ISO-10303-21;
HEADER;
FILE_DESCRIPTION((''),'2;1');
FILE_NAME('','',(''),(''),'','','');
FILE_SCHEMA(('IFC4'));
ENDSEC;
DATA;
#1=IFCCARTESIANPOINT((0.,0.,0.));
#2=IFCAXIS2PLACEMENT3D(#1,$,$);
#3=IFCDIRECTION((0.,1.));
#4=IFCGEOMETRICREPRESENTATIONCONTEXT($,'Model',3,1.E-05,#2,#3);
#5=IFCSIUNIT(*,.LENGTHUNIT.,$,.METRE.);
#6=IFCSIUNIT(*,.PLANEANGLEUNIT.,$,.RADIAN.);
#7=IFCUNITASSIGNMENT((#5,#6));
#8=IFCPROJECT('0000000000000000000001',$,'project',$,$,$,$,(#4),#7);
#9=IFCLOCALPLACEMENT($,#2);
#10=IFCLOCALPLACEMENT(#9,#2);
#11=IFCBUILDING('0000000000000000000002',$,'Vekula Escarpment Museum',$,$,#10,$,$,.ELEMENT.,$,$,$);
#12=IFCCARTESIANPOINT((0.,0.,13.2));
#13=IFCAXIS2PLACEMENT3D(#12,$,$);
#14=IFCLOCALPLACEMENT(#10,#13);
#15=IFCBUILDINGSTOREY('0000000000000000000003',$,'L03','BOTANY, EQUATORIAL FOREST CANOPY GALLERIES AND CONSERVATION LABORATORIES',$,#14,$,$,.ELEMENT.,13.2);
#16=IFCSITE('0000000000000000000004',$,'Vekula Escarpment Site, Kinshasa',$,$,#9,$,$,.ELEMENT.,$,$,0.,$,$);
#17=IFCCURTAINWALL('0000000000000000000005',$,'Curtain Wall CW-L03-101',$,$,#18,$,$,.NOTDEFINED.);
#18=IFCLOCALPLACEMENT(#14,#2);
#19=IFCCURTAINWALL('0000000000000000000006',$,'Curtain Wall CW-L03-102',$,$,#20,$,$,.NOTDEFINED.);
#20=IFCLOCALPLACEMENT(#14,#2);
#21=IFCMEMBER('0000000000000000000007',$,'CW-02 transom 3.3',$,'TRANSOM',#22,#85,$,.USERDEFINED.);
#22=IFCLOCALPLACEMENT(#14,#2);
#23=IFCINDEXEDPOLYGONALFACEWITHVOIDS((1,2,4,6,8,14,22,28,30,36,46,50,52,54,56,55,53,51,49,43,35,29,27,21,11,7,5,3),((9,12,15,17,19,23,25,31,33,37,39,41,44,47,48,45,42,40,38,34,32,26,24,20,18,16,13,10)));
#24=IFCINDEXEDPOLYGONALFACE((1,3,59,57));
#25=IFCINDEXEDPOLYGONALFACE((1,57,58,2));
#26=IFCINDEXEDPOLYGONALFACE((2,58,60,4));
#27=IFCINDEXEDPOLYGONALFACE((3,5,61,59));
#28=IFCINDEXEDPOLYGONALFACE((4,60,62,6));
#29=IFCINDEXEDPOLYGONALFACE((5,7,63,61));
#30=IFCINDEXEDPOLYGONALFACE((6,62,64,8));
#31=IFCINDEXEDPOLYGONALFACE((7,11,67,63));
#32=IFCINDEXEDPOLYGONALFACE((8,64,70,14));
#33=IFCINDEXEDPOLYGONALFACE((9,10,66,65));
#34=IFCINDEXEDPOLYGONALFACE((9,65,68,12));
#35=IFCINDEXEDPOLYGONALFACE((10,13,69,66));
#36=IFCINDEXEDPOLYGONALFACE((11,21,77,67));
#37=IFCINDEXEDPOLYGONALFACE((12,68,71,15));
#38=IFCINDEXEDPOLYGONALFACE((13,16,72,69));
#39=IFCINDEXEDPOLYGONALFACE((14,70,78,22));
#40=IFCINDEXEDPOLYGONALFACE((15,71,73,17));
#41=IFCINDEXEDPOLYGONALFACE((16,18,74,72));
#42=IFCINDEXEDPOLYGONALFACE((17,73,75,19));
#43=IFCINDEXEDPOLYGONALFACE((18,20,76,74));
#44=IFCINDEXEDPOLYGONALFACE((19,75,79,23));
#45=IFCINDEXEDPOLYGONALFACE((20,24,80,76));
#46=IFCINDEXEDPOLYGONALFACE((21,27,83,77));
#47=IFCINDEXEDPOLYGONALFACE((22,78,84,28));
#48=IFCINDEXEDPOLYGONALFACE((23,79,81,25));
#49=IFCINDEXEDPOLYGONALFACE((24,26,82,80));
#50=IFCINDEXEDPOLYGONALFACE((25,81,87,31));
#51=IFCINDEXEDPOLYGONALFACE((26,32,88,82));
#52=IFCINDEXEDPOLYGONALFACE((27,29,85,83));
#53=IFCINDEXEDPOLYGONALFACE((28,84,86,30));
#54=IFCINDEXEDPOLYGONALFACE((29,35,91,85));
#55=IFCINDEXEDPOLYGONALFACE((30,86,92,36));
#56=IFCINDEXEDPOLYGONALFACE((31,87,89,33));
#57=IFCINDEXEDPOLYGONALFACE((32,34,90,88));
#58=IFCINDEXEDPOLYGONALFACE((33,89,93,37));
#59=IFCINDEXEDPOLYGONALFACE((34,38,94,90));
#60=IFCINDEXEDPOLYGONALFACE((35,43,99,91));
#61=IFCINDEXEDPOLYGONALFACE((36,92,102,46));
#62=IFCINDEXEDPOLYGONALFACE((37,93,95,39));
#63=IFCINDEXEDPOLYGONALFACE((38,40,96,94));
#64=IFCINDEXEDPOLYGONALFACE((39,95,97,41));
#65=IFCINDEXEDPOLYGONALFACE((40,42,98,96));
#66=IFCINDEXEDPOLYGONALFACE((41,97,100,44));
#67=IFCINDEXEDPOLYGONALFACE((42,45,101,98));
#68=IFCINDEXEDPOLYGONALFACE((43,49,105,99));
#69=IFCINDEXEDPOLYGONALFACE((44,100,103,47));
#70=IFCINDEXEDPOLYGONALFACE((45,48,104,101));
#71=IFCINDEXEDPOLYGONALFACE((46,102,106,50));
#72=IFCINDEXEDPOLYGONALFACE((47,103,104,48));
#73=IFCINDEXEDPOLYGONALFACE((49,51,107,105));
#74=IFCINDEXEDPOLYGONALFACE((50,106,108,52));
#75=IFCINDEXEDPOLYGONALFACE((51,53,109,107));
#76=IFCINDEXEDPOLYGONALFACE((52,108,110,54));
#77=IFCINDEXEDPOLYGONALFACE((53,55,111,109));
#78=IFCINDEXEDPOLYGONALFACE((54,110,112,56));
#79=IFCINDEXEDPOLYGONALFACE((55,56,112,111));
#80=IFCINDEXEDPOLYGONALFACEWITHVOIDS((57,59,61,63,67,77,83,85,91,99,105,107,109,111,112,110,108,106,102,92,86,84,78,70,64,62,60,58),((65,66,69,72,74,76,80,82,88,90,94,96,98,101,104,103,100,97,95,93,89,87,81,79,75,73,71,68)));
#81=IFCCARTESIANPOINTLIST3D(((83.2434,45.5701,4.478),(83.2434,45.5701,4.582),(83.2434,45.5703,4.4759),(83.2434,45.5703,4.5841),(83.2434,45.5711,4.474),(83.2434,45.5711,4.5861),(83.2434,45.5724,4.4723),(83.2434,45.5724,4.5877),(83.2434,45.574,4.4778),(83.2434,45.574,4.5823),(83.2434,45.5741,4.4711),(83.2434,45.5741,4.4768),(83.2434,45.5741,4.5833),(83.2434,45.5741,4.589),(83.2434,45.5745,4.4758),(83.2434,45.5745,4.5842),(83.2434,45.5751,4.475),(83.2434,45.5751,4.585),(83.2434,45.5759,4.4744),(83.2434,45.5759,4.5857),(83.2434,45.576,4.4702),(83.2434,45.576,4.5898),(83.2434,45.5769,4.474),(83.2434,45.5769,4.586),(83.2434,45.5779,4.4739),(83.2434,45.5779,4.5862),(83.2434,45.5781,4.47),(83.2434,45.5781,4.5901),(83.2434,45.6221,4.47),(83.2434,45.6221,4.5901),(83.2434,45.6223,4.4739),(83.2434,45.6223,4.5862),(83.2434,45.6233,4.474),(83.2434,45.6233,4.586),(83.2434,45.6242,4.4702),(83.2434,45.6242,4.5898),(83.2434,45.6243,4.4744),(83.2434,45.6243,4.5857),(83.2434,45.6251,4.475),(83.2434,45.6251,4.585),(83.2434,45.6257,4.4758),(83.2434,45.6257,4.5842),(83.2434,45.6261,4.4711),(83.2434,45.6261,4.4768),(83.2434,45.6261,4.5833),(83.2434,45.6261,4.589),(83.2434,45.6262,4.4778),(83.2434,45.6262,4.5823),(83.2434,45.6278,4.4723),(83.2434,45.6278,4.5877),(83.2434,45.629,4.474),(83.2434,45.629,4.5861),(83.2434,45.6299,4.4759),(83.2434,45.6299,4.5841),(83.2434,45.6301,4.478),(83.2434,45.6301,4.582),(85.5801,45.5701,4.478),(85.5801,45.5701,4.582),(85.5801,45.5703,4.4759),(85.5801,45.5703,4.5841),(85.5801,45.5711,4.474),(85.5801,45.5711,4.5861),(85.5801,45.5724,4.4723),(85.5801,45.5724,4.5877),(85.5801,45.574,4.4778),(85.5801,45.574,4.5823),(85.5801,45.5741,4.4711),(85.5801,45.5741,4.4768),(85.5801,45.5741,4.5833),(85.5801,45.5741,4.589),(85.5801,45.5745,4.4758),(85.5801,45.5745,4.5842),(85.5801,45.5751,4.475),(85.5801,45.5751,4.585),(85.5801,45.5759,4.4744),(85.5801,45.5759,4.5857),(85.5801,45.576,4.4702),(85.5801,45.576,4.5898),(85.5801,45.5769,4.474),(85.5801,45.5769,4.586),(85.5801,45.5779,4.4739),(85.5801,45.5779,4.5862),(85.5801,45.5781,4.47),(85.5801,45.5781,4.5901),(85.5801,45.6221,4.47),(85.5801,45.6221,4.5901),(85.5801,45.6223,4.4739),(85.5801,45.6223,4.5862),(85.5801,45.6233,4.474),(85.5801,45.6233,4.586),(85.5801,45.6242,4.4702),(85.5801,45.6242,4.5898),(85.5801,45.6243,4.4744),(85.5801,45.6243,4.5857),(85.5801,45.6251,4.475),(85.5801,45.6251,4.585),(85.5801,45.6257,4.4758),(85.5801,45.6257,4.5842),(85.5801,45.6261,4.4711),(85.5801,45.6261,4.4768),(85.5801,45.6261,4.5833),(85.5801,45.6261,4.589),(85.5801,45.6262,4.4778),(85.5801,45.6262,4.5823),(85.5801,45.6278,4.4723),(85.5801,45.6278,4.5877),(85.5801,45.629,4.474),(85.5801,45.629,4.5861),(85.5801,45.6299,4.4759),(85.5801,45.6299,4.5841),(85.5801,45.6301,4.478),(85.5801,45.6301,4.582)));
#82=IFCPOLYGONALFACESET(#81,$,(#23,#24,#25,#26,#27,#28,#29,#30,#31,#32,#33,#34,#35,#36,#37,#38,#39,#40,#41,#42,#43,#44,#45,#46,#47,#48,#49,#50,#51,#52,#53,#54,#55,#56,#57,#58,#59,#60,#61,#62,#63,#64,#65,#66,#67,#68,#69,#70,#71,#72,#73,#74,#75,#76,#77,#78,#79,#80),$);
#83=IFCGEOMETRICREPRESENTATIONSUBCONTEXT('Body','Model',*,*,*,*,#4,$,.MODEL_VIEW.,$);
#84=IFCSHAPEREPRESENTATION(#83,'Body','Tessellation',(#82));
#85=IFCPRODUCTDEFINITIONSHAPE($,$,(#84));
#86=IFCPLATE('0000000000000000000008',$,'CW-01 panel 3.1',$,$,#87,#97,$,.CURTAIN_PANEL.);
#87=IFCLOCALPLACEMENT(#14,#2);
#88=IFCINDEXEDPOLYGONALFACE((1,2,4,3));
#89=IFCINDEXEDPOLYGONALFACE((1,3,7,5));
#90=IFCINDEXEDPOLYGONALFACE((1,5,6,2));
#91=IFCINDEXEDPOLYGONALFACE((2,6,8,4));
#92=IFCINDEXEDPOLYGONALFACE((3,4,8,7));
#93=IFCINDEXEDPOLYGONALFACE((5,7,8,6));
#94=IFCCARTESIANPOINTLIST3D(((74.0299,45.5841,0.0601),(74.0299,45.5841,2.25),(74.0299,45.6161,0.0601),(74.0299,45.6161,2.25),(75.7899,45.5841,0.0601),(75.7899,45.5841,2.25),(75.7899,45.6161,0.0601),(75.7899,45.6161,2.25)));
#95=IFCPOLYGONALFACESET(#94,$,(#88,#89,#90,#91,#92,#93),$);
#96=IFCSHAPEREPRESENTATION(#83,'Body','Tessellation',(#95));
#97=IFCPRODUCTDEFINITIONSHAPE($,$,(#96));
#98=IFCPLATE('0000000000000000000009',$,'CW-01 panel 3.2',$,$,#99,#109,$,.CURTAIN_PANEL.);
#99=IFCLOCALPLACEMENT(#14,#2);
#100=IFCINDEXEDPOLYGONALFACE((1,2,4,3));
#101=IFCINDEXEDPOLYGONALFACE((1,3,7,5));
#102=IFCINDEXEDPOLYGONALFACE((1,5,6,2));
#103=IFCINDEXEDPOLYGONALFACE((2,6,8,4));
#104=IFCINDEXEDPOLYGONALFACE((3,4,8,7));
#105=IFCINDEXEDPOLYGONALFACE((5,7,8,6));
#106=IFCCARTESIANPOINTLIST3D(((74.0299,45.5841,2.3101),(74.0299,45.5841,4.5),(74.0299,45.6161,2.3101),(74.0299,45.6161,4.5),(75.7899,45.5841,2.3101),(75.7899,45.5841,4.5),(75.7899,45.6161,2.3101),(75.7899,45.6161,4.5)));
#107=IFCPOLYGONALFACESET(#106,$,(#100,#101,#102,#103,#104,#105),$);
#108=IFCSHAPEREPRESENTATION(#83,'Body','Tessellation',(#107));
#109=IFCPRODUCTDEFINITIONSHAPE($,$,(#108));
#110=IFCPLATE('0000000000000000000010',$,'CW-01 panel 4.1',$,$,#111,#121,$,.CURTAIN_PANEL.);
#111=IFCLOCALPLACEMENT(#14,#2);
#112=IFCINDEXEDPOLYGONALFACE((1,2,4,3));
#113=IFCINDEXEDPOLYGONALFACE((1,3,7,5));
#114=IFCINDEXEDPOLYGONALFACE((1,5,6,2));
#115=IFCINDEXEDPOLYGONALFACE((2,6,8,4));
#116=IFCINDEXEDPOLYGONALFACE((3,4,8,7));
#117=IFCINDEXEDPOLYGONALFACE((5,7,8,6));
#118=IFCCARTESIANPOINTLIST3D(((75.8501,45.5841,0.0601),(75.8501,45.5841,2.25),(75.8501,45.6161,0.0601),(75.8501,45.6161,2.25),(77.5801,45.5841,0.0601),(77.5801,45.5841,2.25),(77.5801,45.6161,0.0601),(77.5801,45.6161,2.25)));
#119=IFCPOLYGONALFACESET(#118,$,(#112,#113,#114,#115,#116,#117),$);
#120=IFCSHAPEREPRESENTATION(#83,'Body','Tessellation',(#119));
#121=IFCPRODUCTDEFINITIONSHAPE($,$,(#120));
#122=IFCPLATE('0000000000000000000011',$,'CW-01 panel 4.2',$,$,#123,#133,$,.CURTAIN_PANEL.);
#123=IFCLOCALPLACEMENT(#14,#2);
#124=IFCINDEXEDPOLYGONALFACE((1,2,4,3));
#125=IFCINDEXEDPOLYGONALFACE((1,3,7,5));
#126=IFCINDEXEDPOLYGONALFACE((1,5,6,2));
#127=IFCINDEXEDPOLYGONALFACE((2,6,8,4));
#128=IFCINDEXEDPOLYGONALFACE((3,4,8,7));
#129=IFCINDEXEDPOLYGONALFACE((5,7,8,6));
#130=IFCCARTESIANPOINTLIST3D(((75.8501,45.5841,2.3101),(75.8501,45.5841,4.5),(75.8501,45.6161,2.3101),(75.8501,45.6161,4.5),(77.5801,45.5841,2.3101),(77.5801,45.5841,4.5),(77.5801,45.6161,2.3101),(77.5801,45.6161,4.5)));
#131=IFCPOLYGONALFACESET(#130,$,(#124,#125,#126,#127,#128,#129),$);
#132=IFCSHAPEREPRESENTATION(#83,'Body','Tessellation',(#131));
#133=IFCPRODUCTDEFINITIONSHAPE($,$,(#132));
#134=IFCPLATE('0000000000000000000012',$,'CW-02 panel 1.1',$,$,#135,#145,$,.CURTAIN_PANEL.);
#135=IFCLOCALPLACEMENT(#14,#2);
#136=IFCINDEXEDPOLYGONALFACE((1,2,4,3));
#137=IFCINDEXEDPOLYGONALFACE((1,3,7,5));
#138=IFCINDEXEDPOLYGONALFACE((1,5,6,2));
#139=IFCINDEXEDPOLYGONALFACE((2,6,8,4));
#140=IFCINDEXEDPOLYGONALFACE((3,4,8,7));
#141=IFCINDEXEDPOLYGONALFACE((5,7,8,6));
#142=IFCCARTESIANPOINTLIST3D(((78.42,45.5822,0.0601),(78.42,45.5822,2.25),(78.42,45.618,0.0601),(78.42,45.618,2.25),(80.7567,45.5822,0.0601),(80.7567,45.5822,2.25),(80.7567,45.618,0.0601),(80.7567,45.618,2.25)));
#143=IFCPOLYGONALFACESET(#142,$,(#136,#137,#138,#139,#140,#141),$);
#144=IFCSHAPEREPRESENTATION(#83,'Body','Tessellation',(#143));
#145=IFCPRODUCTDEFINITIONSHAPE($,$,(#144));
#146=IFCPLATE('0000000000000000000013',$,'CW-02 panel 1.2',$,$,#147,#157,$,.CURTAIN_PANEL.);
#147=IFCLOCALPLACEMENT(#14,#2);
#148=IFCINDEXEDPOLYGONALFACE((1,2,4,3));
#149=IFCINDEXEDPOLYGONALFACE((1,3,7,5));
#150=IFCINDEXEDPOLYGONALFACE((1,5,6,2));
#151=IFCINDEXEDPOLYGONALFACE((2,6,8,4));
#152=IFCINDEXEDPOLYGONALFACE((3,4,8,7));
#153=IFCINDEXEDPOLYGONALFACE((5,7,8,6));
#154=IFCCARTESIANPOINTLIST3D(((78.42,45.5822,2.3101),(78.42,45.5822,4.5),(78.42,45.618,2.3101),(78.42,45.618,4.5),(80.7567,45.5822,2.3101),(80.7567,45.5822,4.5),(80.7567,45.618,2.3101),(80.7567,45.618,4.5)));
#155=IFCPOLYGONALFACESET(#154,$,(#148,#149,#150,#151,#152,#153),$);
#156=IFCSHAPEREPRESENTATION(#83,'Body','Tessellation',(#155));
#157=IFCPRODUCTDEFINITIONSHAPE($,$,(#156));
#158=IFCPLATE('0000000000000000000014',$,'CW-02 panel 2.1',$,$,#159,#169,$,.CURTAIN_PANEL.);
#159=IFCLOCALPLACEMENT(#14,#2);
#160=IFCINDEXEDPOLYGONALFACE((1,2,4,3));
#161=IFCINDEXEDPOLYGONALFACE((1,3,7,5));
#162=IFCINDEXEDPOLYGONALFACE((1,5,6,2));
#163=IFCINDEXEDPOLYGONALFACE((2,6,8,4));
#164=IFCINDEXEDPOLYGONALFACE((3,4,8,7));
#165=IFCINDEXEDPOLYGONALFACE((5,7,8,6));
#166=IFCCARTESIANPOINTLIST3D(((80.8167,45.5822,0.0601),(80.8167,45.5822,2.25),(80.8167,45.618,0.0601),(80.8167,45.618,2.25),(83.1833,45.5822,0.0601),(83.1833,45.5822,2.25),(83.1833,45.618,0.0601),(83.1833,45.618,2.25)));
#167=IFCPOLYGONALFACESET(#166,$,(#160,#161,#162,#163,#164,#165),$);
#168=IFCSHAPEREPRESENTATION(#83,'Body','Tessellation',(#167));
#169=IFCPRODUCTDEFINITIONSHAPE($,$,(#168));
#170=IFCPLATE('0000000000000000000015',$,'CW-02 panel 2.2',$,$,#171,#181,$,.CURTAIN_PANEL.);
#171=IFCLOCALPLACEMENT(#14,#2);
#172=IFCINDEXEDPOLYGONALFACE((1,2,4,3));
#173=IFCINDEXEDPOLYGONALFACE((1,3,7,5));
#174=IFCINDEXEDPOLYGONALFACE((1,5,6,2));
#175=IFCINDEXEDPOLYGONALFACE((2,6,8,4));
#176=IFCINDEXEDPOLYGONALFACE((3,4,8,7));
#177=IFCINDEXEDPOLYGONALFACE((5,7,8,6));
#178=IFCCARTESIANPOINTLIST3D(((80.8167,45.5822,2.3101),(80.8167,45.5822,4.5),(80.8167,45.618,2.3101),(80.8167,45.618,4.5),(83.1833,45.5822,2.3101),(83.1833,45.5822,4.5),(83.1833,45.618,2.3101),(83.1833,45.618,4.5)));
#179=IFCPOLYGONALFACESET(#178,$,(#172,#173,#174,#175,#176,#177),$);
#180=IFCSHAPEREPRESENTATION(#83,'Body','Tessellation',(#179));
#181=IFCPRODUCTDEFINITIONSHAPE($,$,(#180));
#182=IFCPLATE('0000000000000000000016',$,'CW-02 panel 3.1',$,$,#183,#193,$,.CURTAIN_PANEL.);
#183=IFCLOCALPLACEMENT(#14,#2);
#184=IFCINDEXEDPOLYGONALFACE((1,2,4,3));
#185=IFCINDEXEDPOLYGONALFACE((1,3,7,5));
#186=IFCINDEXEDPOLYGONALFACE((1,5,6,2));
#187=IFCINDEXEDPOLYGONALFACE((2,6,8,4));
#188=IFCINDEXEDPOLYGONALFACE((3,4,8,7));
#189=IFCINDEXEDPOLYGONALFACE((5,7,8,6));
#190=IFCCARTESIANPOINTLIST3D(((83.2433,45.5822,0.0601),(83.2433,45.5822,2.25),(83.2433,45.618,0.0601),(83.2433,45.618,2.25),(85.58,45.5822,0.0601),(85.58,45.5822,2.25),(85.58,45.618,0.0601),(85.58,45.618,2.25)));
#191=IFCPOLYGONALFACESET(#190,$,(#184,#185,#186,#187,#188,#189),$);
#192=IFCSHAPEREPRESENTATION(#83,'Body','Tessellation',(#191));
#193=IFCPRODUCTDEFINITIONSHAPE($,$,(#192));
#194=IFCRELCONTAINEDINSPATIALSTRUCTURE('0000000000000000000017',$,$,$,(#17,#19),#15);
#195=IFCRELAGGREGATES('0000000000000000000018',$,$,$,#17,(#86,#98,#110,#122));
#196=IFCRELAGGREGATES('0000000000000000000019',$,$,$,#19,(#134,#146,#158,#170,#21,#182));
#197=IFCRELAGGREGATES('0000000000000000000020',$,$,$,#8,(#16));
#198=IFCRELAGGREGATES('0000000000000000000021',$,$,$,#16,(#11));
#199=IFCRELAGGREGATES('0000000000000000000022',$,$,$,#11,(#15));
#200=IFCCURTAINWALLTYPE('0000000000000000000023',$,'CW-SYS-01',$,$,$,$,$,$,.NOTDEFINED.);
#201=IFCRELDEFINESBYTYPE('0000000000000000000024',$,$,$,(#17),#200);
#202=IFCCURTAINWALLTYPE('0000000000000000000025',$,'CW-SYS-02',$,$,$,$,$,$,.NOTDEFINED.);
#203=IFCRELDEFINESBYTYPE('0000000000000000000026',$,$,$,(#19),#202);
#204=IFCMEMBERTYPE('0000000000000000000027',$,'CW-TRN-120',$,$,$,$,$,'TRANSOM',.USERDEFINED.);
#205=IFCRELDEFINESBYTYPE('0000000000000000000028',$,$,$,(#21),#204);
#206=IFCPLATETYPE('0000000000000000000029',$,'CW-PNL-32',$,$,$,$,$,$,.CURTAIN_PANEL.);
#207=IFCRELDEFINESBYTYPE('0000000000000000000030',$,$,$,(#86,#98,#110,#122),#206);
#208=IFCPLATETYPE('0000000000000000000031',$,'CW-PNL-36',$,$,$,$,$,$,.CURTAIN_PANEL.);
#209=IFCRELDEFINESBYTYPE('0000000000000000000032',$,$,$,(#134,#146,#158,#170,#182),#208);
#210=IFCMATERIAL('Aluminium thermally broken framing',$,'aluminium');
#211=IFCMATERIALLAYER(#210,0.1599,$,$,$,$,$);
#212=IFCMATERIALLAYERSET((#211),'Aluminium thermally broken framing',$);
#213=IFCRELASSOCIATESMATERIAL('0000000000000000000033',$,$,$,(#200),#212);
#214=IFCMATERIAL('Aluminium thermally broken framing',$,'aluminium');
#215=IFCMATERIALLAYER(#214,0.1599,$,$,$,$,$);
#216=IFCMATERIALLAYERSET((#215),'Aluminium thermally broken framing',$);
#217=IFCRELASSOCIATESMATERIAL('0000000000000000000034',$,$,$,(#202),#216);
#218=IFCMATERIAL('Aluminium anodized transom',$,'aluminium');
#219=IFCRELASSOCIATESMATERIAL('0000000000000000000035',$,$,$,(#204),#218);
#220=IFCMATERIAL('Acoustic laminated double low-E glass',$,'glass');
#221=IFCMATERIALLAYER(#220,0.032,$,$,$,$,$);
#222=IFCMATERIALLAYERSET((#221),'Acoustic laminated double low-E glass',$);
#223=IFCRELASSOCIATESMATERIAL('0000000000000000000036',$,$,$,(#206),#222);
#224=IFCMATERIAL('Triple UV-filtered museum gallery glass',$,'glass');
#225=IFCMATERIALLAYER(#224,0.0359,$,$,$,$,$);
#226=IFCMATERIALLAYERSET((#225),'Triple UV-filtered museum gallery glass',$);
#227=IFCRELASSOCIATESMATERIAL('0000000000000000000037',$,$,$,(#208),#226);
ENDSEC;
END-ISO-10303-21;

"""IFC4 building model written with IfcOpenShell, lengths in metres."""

from ifc_helpers import new_model, si_unit, direction, frame, origin, origin_2d, place, context, subcontext, project, spatial, rectangle, hollow_rectangle, extrude, material, layer, layer_set, material_profile, profile_set, type_object, element, aggregate, save


model = new_model("IFC4")

# Units and contexts
model_context = context("Model", 3, precision=1e-05, world=origin(), true_north=direction((0.0, 1.0)))
body_context = subcontext(model_context, "Body", "Model", "MODEL_VIEW")
ifc_project = project(units=[si_unit("LENGTHUNIT", "METRE"), si_unit("PLANEANGLEUNIT", "RADIAN")], contexts=[model_context])

# Site, building, storey
site_placement = place(None, origin())
site = spatial("IfcSite", under=ifc_project, at=site_placement, Name="Vekula Escarpment Site, Kinshasa", CompositionType="ELEMENT", RefElevation=0.0)
building_placement = place(site_placement, origin())
building = spatial("IfcBuilding", under=site, at=building_placement, Name="Vekula Escarpment Museum", CompositionType="ELEMENT")
storey_placement = place(building_placement, frame((0.0, 0.0, 13.2)))
storey = spatial("IfcBuildingStorey", under=building, at=storey_placement, Name="L03", Description="BOTANY, EQUATORIAL FOREST CANOPY GALLERIES AND CONSERVATION LABORATORIES", CompositionType="ELEMENT", Elevation=13.2)

# Curtain walls
ifc_material_1 = material(Name="Aluminium thermally broken framing", Category="aluminium")
ifc_layer_1 = layer(ifc_material_1, 0.1599)
ifc_layer_set_1 = layer_set([ifc_layer_1], Name="Aluminium thermally broken framing")
curtain_wall_type_1 = type_object("IfcCurtainWallType", Name="CW-SYS-01", PredefinedType="NOTDEFINED", material=ifc_layer_set_1)
curtain_wall_1_placement = place(storey_placement, origin())
curtain_wall_1 = element("IfcCurtainWall", 1, at=curtain_wall_1_placement, inside=storey, type_object=curtain_wall_type_1, Name="Curtain Wall CW-L03-101", PredefinedType="NOTDEFINED")
ifc_material_2 = material(Name="Aluminium thermally broken framing", Category="aluminium")
ifc_layer_2 = layer(ifc_material_2, 0.1599)
ifc_layer_set_2 = layer_set([ifc_layer_2], Name="Aluminium thermally broken framing")
curtain_wall_type_2 = type_object("IfcCurtainWallType", Name="CW-SYS-02", PredefinedType="NOTDEFINED", material=ifc_layer_set_2)
curtain_wall_2_placement = place(storey_placement, origin())
curtain_wall_2 = element("IfcCurtainWall", 2, at=curtain_wall_2_placement, inside=storey, type_object=curtain_wall_type_2, Name="Curtain Wall CW-L03-102", PredefinedType="NOTDEFINED")

# Member
ifc_material_3 = material(Name="Aluminium anodized transom", Category="aluminium")
ifc_material_profile_1 = material_profile(ifc_material_3, hollow_rectangle(XDim=0.0601, YDim=0.1201, WallThickness=0.0039, InnerFilletRadius=0.0039, OuterFilletRadius=0.0081, at=origin_2d()), Name="ALU 120x60x4")
ifc_profile_set_1 = profile_set([ifc_material_profile_1], Name="Aluminium anodized transom")
member_type_1 = type_object("IfcMemberType", Name="CW-TRN-120", ElementType="TRANSOM", PredefinedType="USERDEFINED", material=ifc_profile_set_1)
member_1_placement = place(storey_placement, frame((83.2434, 45.6001, 4.53), z_axis=(1.0, 0.0, 0.0), x_axis=(0.0, 1.0, 0.0)))
member_1 = element("IfcMember", 3, at=member_1_placement, type_object=member_type_1, Name="CW-02 transom 3.3", ObjectType="TRANSOM", PredefinedType="USERDEFINED", context=body_context, shape_type="SweptSolid", body=[
    extrude(hollow_rectangle(XDim=0.0601, YDim=0.1201, WallThickness=0.0039, InnerFilletRadius=0.0039, OuterFilletRadius=0.0081, at=origin_2d()), origin(), (0.0, 0.0, 1.0), 2.3367),
])

# Plates
ifc_material_4 = material(Name="Acoustic laminated double low-E glass", Category="glass")
ifc_layer_3 = layer(ifc_material_4, 0.032)
ifc_layer_set_3 = layer_set([ifc_layer_3], Name="Acoustic laminated double low-E glass")
plate_type_1 = type_object("IfcPlateType", Name="CW-PNL-32", PredefinedType="CURTAIN_PANEL", material=ifc_layer_set_3)
plate_1_placement = place(storey_placement, frame((74.9099, 45.6001, 0.0601), z_axis=(0.0, 0.0, 1.0), x_axis=(1.0, 0.0, 0.0)))
plate_1 = element("IfcPlate", 4, at=plate_1_placement, type_object=plate_type_1, Name="CW-01 panel 3.1", PredefinedType="CURTAIN_PANEL", context=body_context, shape_type="SweptSolid", body=[
    extrude(rectangle(XDim=1.76, YDim=0.032, at=origin_2d()), origin(), (0.0, 0.0, 1.0), 2.1899),
])
plate_2_placement = place(storey_placement, frame((74.9099, 45.6001, 2.3101), z_axis=(0.0, 0.0, 1.0), x_axis=(1.0, 0.0, 0.0)))
plate_2 = element("IfcPlate", 5, at=plate_2_placement, type_object=plate_type_1, Name="CW-01 panel 3.2", PredefinedType="CURTAIN_PANEL", context=body_context, shape_type="SweptSolid", body=[
    extrude(rectangle(XDim=1.76, YDim=0.032, at=origin_2d()), origin(), (0.0, 0.0, 1.0), 2.1899),
])
plate_3_placement = place(storey_placement, frame((76.7151, 45.6001, 0.0601), z_axis=(0.0, 0.0, 1.0), x_axis=(1.0, 0.0, 0.0)))
plate_3 = element("IfcPlate", 6, at=plate_3_placement, type_object=plate_type_1, Name="CW-01 panel 4.1", PredefinedType="CURTAIN_PANEL", context=body_context, shape_type="SweptSolid", body=[
    extrude(rectangle(XDim=1.73, YDim=0.032, at=origin_2d()), origin(), (0.0, 0.0, 1.0), 2.1899),
])
plate_4_placement = place(storey_placement, frame((76.7151, 45.6001, 2.3101), z_axis=(0.0, 0.0, 1.0), x_axis=(1.0, 0.0, 0.0)))
plate_4 = element("IfcPlate", 7, at=plate_4_placement, type_object=plate_type_1, Name="CW-01 panel 4.2", PredefinedType="CURTAIN_PANEL", context=body_context, shape_type="SweptSolid", body=[
    extrude(rectangle(XDim=1.73, YDim=0.032, at=origin_2d()), origin(), (0.0, 0.0, 1.0), 2.1899),
])
aggregate(curtain_wall_1, [plate_1, plate_2, plate_3, plate_4])
ifc_material_5 = material(Name="Triple UV-filtered museum gallery glass", Category="glass")
ifc_layer_4 = layer(ifc_material_5, 0.0359)
ifc_layer_set_4 = layer_set([ifc_layer_4], Name="Triple UV-filtered museum gallery glass")
plate_type_2 = type_object("IfcPlateType", Name="CW-PNL-36", PredefinedType="CURTAIN_PANEL", material=ifc_layer_set_4)
plate_5_placement = place(storey_placement, frame((79.5884, 45.6001, 0.0601), z_axis=(0.0, 0.0, 1.0), x_axis=(1.0, 0.0, 0.0)))
plate_5 = element("IfcPlate", 8, at=plate_5_placement, type_object=plate_type_2, Name="CW-02 panel 1.1", PredefinedType="CURTAIN_PANEL", context=body_context, shape_type="SweptSolid", body=[
    extrude(rectangle(XDim=2.3367, YDim=0.0359, at=origin_2d()), origin(), (0.0, 0.0, 1.0), 2.1899),
])
plate_6_placement = place(storey_placement, frame((79.5884, 45.6001, 2.3101), z_axis=(0.0, 0.0, 1.0), x_axis=(1.0, 0.0, 0.0)))
plate_6 = element("IfcPlate", 9, at=plate_6_placement, type_object=plate_type_2, Name="CW-02 panel 1.2", PredefinedType="CURTAIN_PANEL", context=body_context, shape_type="SweptSolid", body=[
    extrude(rectangle(XDim=2.3367, YDim=0.0359, at=origin_2d()), origin(), (0.0, 0.0, 1.0), 2.1899),
])
plate_7_placement = place(storey_placement, frame((82.0, 45.6001, 0.0601), z_axis=(0.0, 0.0, 1.0), x_axis=(1.0, 0.0, 0.0)))
plate_7 = element("IfcPlate", 10, at=plate_7_placement, type_object=plate_type_2, Name="CW-02 panel 2.1", PredefinedType="CURTAIN_PANEL", context=body_context, shape_type="SweptSolid", body=[
    extrude(rectangle(XDim=2.3667, YDim=0.0359, at=origin_2d()), origin(), (0.0, 0.0, 1.0), 2.1899),
])
plate_8_placement = place(storey_placement, frame((82.0, 45.6001, 2.3101), z_axis=(0.0, 0.0, 1.0), x_axis=(1.0, 0.0, 0.0)))
plate_8 = element("IfcPlate", 11, at=plate_8_placement, type_object=plate_type_2, Name="CW-02 panel 2.2", PredefinedType="CURTAIN_PANEL", context=body_context, shape_type="SweptSolid", body=[
    extrude(rectangle(XDim=2.3667, YDim=0.0359, at=origin_2d()), origin(), (0.0, 0.0, 1.0), 2.1899),
])
plate_9_placement = place(storey_placement, frame((84.4116, 45.6001, 0.0601), z_axis=(0.0, 0.0, 1.0), x_axis=(1.0, 0.0, 0.0)))
plate_9 = element("IfcPlate", 12, at=plate_9_placement, type_object=plate_type_2, Name="CW-02 panel 3.1", PredefinedType="CURTAIN_PANEL", context=body_context, shape_type="SweptSolid", body=[
    extrude(rectangle(XDim=2.3367, YDim=0.0359, at=origin_2d()), origin(), (0.0, 0.0, 1.0), 2.1899),
])
aggregate(curtain_wall_2, [plate_5, plate_6, plate_7, plate_8, member_1, plate_9])

save(model, "model.ifc")
